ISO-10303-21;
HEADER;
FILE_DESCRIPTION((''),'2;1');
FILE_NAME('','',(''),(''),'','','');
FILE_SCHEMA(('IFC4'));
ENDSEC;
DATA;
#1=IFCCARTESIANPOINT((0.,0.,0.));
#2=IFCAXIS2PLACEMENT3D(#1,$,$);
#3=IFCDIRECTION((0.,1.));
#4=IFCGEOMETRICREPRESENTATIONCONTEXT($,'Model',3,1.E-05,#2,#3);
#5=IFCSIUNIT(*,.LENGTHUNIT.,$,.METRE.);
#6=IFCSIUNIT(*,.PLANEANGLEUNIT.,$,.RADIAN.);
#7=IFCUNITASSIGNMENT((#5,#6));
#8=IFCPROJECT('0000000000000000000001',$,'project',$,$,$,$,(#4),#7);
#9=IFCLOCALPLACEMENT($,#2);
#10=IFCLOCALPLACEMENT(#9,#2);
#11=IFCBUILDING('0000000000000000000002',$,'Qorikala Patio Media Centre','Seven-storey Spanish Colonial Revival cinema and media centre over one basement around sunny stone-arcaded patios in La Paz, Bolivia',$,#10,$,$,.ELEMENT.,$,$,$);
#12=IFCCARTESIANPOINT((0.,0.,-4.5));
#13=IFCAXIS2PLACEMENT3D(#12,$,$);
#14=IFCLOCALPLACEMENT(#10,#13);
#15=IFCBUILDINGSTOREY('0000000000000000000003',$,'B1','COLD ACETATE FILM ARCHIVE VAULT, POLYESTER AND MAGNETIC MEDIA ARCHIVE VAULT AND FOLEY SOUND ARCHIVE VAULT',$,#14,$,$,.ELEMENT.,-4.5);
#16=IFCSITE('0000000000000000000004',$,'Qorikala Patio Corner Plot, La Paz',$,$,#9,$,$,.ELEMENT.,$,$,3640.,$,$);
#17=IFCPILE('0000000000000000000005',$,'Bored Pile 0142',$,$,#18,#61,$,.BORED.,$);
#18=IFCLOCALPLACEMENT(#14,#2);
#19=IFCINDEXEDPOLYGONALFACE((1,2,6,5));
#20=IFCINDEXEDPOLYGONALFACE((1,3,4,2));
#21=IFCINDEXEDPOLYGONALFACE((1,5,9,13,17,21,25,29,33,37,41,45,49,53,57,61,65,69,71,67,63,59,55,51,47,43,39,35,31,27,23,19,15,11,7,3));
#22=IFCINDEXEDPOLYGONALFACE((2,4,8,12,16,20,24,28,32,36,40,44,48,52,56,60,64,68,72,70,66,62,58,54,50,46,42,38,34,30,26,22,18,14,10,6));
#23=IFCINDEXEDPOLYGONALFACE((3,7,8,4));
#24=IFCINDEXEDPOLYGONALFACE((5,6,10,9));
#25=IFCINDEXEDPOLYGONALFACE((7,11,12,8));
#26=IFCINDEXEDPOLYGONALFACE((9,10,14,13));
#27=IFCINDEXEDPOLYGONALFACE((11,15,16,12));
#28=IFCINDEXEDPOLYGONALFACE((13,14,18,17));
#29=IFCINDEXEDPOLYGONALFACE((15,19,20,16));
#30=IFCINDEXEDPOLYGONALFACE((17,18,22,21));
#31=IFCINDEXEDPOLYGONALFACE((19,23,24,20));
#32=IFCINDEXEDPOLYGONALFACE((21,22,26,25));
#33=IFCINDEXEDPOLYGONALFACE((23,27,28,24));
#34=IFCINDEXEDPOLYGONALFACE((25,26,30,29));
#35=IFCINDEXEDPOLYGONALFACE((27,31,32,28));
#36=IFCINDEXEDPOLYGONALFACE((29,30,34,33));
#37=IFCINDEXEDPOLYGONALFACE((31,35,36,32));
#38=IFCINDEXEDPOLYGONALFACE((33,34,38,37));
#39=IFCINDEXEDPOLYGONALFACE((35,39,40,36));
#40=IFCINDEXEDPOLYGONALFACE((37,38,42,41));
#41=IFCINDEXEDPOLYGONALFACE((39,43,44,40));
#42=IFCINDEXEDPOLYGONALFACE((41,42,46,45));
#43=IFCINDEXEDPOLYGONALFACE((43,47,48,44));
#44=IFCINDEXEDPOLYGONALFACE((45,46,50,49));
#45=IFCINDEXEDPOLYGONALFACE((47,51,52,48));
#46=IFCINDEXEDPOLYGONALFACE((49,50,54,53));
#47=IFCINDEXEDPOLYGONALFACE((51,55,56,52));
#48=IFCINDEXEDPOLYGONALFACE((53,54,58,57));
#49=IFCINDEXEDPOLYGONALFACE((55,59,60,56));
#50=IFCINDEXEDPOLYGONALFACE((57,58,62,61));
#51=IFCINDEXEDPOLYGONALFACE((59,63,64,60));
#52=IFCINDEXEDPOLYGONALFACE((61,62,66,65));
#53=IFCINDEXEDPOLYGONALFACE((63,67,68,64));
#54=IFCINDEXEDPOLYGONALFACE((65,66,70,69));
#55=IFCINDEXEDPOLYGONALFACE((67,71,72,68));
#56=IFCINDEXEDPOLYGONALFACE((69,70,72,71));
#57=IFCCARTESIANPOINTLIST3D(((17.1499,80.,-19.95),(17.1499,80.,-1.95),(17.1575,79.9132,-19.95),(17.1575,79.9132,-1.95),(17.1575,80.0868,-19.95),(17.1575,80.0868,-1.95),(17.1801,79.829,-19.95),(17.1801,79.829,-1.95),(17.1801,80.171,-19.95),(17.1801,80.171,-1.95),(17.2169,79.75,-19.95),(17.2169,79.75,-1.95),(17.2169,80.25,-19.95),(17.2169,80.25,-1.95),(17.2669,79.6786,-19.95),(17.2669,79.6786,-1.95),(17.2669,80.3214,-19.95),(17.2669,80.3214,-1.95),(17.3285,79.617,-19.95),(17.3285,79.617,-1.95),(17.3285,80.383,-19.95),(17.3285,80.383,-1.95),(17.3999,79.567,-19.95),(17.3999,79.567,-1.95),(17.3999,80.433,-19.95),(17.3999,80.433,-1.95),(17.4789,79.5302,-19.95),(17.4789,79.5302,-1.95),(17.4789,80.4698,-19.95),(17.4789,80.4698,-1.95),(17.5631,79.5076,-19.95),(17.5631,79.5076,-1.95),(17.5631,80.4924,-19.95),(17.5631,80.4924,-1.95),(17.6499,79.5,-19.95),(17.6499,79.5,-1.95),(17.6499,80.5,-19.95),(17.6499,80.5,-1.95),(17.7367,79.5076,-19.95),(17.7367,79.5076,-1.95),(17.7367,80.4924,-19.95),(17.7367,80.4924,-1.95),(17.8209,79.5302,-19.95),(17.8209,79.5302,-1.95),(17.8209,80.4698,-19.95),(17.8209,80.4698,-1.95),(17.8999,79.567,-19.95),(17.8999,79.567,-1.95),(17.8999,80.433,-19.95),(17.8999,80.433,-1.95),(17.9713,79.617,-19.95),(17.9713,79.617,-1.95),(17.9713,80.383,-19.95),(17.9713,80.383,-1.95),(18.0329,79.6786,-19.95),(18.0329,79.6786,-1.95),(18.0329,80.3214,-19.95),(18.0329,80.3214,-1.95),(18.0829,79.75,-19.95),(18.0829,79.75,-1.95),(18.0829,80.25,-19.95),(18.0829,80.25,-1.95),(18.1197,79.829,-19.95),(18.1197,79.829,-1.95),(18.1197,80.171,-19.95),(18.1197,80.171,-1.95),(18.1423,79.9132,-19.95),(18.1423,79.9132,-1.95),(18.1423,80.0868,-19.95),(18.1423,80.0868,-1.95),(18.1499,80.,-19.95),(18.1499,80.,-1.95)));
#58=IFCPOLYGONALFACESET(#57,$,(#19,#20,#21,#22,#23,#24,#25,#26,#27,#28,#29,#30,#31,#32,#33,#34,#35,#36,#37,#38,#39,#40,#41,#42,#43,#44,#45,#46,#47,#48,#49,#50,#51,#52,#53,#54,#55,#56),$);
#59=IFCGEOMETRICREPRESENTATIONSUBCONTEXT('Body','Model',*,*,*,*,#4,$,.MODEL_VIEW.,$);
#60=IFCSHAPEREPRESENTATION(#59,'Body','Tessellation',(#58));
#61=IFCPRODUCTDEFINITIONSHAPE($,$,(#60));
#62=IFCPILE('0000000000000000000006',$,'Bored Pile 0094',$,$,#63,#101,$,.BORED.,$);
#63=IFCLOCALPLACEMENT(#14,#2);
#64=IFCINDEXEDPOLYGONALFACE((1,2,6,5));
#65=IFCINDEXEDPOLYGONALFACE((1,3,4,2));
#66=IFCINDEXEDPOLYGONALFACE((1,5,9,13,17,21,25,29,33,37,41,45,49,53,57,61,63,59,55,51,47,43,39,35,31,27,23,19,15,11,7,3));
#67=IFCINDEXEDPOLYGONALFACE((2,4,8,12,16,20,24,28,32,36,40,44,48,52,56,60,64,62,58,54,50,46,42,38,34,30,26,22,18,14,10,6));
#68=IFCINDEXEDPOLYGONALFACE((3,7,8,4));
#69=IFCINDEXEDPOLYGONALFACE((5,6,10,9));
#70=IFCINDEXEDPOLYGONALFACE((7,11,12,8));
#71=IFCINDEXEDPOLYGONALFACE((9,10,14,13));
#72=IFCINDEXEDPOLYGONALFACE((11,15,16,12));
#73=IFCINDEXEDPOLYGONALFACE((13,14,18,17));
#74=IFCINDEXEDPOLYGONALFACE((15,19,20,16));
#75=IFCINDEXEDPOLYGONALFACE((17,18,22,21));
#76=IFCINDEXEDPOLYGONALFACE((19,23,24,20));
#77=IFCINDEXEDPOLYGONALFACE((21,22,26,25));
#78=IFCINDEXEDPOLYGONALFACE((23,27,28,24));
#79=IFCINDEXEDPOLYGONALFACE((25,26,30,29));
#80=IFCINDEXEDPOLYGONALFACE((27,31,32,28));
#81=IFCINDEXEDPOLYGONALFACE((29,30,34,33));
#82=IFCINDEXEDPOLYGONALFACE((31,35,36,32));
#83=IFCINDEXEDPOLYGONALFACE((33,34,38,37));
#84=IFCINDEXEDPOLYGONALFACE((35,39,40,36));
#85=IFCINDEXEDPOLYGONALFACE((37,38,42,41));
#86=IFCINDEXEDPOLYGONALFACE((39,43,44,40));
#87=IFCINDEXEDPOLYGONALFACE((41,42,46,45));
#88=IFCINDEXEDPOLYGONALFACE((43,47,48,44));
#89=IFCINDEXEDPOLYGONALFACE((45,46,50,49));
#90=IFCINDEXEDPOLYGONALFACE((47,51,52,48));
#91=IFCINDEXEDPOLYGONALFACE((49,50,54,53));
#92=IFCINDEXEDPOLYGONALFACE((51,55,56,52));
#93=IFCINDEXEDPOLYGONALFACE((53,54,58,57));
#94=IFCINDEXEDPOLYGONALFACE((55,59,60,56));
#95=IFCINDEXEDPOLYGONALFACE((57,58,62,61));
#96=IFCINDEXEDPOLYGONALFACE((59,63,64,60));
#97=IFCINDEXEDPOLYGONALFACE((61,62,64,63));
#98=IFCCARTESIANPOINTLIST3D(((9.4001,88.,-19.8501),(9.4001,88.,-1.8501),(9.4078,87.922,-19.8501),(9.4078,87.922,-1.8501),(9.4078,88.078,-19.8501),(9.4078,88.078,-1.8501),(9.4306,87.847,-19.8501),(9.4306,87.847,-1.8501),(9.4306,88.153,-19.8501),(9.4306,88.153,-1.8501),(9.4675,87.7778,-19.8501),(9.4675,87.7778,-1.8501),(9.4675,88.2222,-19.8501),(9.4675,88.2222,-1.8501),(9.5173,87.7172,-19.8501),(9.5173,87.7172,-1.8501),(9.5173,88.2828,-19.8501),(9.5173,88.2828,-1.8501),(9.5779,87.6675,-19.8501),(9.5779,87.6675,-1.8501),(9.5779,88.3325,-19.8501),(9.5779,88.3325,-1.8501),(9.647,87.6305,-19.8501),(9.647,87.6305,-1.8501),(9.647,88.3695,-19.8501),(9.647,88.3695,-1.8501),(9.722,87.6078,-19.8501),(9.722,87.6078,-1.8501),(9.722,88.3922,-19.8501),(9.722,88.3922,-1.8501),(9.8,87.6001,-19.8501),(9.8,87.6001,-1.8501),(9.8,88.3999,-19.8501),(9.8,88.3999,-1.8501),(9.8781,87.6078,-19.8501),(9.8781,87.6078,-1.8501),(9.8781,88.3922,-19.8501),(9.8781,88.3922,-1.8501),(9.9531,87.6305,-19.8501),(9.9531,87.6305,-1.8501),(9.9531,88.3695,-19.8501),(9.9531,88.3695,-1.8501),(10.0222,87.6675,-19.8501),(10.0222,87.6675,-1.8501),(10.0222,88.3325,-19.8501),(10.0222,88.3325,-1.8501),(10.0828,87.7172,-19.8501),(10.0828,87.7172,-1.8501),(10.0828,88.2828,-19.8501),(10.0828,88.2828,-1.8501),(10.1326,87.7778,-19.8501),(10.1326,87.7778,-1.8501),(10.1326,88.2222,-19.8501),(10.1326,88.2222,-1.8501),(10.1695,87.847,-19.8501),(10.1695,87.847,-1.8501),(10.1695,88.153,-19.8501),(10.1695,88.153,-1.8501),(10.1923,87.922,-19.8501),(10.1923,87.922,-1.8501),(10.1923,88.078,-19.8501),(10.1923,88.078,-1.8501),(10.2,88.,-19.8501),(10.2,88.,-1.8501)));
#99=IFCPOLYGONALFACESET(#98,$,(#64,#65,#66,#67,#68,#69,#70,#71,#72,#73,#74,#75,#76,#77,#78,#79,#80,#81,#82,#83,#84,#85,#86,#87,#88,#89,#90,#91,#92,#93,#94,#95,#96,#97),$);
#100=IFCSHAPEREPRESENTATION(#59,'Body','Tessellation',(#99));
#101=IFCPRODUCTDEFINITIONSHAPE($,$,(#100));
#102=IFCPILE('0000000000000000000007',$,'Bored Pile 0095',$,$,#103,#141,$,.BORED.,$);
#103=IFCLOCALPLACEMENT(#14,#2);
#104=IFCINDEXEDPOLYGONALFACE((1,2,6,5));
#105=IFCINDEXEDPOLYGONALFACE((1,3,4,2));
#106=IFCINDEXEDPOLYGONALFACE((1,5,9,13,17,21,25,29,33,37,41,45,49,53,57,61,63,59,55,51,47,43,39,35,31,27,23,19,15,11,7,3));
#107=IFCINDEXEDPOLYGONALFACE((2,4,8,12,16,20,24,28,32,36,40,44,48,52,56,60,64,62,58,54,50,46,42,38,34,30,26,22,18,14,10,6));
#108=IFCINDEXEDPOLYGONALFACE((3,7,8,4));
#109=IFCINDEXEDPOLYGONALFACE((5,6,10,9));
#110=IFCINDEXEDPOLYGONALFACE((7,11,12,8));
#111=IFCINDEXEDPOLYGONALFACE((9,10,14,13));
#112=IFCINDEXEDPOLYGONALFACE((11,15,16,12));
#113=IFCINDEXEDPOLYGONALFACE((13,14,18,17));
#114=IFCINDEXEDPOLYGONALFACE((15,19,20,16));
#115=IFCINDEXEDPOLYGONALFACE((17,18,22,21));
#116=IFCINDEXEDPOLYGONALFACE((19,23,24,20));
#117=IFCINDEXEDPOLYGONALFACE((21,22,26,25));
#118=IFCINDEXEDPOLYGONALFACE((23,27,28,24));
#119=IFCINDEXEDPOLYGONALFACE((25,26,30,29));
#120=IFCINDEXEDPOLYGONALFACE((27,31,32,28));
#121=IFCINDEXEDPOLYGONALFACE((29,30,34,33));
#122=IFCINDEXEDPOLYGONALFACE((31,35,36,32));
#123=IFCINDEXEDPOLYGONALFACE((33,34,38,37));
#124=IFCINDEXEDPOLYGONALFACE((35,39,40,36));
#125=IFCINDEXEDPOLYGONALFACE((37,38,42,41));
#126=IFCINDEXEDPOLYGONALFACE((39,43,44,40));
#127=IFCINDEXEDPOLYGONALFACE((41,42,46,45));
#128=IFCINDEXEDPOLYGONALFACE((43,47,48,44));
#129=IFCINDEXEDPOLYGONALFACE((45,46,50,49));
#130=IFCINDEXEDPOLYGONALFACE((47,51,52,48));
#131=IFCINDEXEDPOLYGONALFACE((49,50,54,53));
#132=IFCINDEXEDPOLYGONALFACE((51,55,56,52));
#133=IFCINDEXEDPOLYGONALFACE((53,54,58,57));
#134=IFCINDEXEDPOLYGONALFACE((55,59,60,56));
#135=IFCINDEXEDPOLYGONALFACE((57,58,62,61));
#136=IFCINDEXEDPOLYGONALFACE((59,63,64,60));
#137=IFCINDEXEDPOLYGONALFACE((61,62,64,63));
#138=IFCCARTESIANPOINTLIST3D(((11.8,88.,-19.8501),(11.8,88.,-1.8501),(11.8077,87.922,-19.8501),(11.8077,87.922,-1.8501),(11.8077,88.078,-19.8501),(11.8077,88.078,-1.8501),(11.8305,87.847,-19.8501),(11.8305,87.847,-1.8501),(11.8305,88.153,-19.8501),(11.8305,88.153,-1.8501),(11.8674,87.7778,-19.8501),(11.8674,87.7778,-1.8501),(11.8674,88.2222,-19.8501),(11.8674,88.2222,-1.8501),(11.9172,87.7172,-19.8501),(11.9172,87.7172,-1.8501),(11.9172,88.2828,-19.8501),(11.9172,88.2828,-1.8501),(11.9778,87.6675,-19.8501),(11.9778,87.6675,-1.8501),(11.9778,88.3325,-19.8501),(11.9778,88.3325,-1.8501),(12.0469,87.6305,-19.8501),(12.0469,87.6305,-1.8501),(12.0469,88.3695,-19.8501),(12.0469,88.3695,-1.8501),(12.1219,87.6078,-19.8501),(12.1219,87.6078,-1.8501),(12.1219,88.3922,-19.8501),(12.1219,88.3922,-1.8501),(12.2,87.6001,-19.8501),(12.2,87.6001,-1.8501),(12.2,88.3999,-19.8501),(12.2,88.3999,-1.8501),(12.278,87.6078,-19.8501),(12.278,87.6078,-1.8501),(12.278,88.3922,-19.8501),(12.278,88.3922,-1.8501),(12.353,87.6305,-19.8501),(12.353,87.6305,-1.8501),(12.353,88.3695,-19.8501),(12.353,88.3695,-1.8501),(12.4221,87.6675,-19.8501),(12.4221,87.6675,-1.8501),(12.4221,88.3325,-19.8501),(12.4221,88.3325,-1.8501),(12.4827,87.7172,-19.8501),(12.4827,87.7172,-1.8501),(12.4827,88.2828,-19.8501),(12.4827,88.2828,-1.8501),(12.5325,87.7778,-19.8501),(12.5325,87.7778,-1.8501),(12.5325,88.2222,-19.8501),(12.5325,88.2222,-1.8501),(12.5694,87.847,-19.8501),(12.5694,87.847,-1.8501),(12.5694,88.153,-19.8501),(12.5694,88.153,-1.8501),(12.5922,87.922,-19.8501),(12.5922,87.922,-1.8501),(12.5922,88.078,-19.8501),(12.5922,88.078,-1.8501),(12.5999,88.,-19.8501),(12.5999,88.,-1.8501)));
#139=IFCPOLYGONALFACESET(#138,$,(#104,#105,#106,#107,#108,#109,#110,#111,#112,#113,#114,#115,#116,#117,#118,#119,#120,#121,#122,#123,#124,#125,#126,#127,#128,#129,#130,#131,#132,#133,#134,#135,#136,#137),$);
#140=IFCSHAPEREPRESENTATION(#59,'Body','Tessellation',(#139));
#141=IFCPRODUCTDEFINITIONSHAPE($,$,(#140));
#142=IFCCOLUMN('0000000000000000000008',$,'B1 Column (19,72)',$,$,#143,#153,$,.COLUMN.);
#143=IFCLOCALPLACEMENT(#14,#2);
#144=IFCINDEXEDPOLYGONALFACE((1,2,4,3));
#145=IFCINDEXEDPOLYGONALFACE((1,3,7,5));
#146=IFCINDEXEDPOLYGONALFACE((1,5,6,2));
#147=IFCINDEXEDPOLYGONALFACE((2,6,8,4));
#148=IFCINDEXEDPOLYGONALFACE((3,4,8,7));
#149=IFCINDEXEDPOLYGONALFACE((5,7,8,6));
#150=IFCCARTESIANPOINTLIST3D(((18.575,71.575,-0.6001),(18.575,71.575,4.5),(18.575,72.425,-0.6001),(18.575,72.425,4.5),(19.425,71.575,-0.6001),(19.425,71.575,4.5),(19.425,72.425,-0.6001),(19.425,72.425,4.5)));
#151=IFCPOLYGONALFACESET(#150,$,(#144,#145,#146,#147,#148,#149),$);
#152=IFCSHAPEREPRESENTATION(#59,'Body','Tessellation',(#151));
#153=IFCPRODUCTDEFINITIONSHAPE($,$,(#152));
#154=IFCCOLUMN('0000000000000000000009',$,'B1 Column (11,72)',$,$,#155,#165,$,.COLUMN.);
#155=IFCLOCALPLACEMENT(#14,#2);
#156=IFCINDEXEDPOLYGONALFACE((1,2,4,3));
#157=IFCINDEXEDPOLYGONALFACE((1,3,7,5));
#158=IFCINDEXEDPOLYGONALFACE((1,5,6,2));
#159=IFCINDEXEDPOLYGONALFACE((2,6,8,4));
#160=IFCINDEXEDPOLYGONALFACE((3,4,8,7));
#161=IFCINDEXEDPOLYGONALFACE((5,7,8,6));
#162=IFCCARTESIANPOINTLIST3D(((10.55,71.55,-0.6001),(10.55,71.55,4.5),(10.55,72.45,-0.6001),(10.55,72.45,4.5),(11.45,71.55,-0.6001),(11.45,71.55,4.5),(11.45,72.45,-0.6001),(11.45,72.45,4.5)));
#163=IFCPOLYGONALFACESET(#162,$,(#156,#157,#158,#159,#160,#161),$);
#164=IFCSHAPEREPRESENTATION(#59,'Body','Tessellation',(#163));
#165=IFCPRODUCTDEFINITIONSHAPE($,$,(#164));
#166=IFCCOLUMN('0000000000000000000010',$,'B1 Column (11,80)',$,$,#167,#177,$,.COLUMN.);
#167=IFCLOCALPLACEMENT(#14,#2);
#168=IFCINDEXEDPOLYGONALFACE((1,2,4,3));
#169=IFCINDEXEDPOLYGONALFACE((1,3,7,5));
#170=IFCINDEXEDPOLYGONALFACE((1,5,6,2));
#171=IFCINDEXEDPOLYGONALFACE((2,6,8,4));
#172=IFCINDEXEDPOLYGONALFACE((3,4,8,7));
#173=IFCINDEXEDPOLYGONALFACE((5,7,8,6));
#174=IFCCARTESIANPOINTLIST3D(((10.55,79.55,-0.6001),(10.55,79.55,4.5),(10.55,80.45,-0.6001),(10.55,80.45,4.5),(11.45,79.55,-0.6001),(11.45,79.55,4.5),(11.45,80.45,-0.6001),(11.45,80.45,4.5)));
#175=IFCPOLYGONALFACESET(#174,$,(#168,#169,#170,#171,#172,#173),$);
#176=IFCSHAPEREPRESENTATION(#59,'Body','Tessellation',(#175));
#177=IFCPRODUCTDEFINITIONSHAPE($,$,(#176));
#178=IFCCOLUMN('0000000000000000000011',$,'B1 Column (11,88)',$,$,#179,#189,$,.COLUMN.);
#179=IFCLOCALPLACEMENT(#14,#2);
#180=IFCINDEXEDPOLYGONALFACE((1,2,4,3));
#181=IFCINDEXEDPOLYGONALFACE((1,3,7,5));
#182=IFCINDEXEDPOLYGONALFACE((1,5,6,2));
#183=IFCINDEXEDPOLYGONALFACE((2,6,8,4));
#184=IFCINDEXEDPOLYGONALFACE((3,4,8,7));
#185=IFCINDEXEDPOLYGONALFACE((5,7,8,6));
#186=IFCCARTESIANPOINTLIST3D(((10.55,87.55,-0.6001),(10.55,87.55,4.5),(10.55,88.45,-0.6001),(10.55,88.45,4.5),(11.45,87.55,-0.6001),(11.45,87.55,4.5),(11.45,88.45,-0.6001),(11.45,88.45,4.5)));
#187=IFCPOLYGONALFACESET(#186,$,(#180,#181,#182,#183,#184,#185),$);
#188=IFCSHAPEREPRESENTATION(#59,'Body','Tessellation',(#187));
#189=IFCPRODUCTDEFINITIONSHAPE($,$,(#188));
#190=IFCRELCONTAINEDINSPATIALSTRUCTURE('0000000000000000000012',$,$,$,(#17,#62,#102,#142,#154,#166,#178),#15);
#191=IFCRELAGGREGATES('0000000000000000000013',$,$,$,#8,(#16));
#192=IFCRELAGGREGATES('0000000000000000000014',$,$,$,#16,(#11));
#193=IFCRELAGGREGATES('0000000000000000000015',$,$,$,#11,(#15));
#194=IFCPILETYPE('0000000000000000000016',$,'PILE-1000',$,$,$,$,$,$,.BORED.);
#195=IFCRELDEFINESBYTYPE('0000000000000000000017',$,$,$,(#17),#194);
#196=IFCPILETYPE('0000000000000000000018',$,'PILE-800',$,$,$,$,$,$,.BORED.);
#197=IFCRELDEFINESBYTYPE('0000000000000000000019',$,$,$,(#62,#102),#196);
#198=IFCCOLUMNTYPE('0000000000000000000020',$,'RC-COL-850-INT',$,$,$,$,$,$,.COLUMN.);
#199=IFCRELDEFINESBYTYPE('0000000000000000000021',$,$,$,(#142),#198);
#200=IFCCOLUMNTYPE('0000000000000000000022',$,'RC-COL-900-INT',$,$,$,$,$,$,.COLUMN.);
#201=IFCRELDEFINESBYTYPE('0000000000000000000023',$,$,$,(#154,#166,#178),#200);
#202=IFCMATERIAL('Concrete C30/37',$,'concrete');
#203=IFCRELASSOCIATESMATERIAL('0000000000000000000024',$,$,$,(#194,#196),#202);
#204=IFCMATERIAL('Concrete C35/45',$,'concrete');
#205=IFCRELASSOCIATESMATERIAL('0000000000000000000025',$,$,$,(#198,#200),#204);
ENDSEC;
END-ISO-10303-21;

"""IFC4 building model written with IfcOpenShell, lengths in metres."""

from ifc_helpers import new_model, si_unit, direction, frame, origin, origin_2d, place, context, subcontext, project, spatial, rectangle, circle, extrude, material, material_profile, profile_set, type_object, element, save


model = new_model("IFC4")

# Units and contexts
model_context = context("Model", 3, precision=1e-05, world=origin(), true_north=direction((0.0, 1.0)))
body_context = subcontext(model_context, "Body", "Model", "MODEL_VIEW")
ifc_project = project(units=[si_unit("LENGTHUNIT", "METRE"), si_unit("PLANEANGLEUNIT", "RADIAN")], contexts=[model_context])

# Site, building, storey
site_placement = place(None, origin())
site = spatial("IfcSite", under=ifc_project, at=site_placement, Name="Qorikala Patio Corner Plot, La Paz", CompositionType="ELEMENT", RefElevation=3640.0)
building_placement = place(site_placement, origin())
building = spatial("IfcBuilding", under=site, at=building_placement, Name="Qorikala Patio Media Centre", Description="Seven-storey Spanish Colonial Revival cinema and media centre over one basement around sunny stone-arcaded patios in La Paz, Bolivia", CompositionType="ELEMENT")
storey_placement = place(building_placement, frame((0.0, 0.0, -4.5)))
storey = spatial("IfcBuildingStorey", under=building, at=storey_placement, Name="B1", Description="COLD ACETATE FILM ARCHIVE VAULT, POLYESTER AND MAGNETIC MEDIA ARCHIVE VAULT AND FOLEY SOUND ARCHIVE VAULT", CompositionType="ELEMENT", Elevation=-4.5)

# Shared definitions
ifc_material_1 = material(Name="Concrete C30/37", Category="concrete")

# Piles
ifc_material_profile_1 = material_profile(ifc_material_1, circle(Radius=0.5, at=origin_2d()), Name="BORED PILE 1000")
ifc_profile_set_1 = profile_set([ifc_material_profile_1], Name="Concrete C30/37")
pile_type_1 = type_object("IfcPileType", Name="PILE-1000", PredefinedType="BORED", material=ifc_profile_set_1)
for number, where, z_axis, x_axis, name in (
    (1, (17.6499, 80.0, -1.95), (0.0, 0.0, -1.0), (1.0, 0.0, 0.0), "Bored Pile 0142"),
):
    element("IfcPile", number, at=place(storey_placement, frame(where, z_axis=z_axis, x_axis=x_axis)), inside=storey, type_object=pile_type_1, Name=name, PredefinedType="BORED", context=body_context, shape_type="SweptSolid", body=[
        extrude(circle(Radius=0.5, at=origin_2d()), origin(), (0.0, 0.0, 1.0), 18.0),
    ])
ifc_material_profile_2 = material_profile(ifc_material_1, circle(Radius=0.3999, at=origin_2d()), Name="BORED PILE 800")
ifc_profile_set_2 = profile_set([ifc_material_profile_2], Name="Concrete C30/37")
pile_type_2 = type_object("IfcPileType", Name="PILE-800", PredefinedType="BORED", material=ifc_profile_set_2)
for number, where, z_axis, x_axis, name in (
    (2, (9.8, 88.0, -1.8501), (0.0, 0.0, -1.0), (1.0, 0.0, 0.0), "Bored Pile 0094"),
    (3, (12.2, 88.0, -1.8501), (0.0, 0.0, -1.0), (1.0, 0.0, 0.0), "Bored Pile 0095"),
):
    element("IfcPile", number, at=place(storey_placement, frame(where, z_axis=z_axis, x_axis=x_axis)), inside=storey, type_object=pile_type_2, Name=name, PredefinedType="BORED", context=body_context, shape_type="SweptSolid", body=[
        extrude(circle(Radius=0.3999, at=origin_2d()), origin(), (0.0, 0.0, 1.0), 18.0),
    ])

# Columns
ifc_material_2 = material(Name="Concrete C35/45", Category="concrete")
ifc_material_profile_3 = material_profile(ifc_material_2, rectangle(XDim=0.8501, YDim=0.8501, at=origin_2d()), Name="RC 850x850")
ifc_profile_set_3 = profile_set([ifc_material_profile_3], Name="Concrete C35/45")
column_type_1 = type_object("IfcColumnType", Name="RC-COL-850-INT", PredefinedType="COLUMN", material=ifc_profile_set_3)
column_placement = place(storey_placement, frame((19.0, 72.0, -0.6001), z_axis=(0.0, 0.0, 1.0), x_axis=(1.0, 0.0, 0.0)))
element("IfcColumn", 4, at=column_placement, inside=storey, type_object=column_type_1, Name="B1 Column (19,72)", PredefinedType="COLUMN", context=body_context, shape_type="SweptSolid", body=[
    extrude(rectangle(XDim=0.8501, YDim=0.8501, at=origin_2d()), origin(), (0.0, 0.0, 1.0), 5.1001),
])
ifc_material_profile_4 = material_profile(ifc_material_2, rectangle(XDim=0.8999, YDim=0.8999, at=origin_2d()), Name="RC 900x900")
ifc_profile_set_4 = profile_set([ifc_material_profile_4], Name="Concrete C35/45")
column_type_2 = type_object("IfcColumnType", Name="RC-COL-900-INT", PredefinedType="COLUMN", material=ifc_profile_set_4)
for number, where, z_axis, x_axis, name in (
    (5, (11.0, 72.0, -0.6001), (0.0, 0.0, 1.0), (1.0, 0.0, 0.0), "B1 Column (11,72)"),
    (6, (11.0, 80.0, -0.6001), (0.0, 0.0, 1.0), (1.0, 0.0, 0.0), "B1 Column (11,80)"),
    (7, (11.0, 88.0, -0.6001), (0.0, 0.0, 1.0), (1.0, 0.0, 0.0), "B1 Column (11,88)"),
):
    element("IfcColumn", number, at=place(storey_placement, frame(where, z_axis=z_axis, x_axis=x_axis)), inside=storey, type_object=column_type_2, Name=name, PredefinedType="COLUMN", context=body_context, shape_type="SweptSolid", body=[
        extrude(rectangle(XDim=0.8999, YDim=0.8999, at=origin_2d()), origin(), (0.0, 0.0, 1.0), 5.1001),
    ])

save(model, "model.ifc")
